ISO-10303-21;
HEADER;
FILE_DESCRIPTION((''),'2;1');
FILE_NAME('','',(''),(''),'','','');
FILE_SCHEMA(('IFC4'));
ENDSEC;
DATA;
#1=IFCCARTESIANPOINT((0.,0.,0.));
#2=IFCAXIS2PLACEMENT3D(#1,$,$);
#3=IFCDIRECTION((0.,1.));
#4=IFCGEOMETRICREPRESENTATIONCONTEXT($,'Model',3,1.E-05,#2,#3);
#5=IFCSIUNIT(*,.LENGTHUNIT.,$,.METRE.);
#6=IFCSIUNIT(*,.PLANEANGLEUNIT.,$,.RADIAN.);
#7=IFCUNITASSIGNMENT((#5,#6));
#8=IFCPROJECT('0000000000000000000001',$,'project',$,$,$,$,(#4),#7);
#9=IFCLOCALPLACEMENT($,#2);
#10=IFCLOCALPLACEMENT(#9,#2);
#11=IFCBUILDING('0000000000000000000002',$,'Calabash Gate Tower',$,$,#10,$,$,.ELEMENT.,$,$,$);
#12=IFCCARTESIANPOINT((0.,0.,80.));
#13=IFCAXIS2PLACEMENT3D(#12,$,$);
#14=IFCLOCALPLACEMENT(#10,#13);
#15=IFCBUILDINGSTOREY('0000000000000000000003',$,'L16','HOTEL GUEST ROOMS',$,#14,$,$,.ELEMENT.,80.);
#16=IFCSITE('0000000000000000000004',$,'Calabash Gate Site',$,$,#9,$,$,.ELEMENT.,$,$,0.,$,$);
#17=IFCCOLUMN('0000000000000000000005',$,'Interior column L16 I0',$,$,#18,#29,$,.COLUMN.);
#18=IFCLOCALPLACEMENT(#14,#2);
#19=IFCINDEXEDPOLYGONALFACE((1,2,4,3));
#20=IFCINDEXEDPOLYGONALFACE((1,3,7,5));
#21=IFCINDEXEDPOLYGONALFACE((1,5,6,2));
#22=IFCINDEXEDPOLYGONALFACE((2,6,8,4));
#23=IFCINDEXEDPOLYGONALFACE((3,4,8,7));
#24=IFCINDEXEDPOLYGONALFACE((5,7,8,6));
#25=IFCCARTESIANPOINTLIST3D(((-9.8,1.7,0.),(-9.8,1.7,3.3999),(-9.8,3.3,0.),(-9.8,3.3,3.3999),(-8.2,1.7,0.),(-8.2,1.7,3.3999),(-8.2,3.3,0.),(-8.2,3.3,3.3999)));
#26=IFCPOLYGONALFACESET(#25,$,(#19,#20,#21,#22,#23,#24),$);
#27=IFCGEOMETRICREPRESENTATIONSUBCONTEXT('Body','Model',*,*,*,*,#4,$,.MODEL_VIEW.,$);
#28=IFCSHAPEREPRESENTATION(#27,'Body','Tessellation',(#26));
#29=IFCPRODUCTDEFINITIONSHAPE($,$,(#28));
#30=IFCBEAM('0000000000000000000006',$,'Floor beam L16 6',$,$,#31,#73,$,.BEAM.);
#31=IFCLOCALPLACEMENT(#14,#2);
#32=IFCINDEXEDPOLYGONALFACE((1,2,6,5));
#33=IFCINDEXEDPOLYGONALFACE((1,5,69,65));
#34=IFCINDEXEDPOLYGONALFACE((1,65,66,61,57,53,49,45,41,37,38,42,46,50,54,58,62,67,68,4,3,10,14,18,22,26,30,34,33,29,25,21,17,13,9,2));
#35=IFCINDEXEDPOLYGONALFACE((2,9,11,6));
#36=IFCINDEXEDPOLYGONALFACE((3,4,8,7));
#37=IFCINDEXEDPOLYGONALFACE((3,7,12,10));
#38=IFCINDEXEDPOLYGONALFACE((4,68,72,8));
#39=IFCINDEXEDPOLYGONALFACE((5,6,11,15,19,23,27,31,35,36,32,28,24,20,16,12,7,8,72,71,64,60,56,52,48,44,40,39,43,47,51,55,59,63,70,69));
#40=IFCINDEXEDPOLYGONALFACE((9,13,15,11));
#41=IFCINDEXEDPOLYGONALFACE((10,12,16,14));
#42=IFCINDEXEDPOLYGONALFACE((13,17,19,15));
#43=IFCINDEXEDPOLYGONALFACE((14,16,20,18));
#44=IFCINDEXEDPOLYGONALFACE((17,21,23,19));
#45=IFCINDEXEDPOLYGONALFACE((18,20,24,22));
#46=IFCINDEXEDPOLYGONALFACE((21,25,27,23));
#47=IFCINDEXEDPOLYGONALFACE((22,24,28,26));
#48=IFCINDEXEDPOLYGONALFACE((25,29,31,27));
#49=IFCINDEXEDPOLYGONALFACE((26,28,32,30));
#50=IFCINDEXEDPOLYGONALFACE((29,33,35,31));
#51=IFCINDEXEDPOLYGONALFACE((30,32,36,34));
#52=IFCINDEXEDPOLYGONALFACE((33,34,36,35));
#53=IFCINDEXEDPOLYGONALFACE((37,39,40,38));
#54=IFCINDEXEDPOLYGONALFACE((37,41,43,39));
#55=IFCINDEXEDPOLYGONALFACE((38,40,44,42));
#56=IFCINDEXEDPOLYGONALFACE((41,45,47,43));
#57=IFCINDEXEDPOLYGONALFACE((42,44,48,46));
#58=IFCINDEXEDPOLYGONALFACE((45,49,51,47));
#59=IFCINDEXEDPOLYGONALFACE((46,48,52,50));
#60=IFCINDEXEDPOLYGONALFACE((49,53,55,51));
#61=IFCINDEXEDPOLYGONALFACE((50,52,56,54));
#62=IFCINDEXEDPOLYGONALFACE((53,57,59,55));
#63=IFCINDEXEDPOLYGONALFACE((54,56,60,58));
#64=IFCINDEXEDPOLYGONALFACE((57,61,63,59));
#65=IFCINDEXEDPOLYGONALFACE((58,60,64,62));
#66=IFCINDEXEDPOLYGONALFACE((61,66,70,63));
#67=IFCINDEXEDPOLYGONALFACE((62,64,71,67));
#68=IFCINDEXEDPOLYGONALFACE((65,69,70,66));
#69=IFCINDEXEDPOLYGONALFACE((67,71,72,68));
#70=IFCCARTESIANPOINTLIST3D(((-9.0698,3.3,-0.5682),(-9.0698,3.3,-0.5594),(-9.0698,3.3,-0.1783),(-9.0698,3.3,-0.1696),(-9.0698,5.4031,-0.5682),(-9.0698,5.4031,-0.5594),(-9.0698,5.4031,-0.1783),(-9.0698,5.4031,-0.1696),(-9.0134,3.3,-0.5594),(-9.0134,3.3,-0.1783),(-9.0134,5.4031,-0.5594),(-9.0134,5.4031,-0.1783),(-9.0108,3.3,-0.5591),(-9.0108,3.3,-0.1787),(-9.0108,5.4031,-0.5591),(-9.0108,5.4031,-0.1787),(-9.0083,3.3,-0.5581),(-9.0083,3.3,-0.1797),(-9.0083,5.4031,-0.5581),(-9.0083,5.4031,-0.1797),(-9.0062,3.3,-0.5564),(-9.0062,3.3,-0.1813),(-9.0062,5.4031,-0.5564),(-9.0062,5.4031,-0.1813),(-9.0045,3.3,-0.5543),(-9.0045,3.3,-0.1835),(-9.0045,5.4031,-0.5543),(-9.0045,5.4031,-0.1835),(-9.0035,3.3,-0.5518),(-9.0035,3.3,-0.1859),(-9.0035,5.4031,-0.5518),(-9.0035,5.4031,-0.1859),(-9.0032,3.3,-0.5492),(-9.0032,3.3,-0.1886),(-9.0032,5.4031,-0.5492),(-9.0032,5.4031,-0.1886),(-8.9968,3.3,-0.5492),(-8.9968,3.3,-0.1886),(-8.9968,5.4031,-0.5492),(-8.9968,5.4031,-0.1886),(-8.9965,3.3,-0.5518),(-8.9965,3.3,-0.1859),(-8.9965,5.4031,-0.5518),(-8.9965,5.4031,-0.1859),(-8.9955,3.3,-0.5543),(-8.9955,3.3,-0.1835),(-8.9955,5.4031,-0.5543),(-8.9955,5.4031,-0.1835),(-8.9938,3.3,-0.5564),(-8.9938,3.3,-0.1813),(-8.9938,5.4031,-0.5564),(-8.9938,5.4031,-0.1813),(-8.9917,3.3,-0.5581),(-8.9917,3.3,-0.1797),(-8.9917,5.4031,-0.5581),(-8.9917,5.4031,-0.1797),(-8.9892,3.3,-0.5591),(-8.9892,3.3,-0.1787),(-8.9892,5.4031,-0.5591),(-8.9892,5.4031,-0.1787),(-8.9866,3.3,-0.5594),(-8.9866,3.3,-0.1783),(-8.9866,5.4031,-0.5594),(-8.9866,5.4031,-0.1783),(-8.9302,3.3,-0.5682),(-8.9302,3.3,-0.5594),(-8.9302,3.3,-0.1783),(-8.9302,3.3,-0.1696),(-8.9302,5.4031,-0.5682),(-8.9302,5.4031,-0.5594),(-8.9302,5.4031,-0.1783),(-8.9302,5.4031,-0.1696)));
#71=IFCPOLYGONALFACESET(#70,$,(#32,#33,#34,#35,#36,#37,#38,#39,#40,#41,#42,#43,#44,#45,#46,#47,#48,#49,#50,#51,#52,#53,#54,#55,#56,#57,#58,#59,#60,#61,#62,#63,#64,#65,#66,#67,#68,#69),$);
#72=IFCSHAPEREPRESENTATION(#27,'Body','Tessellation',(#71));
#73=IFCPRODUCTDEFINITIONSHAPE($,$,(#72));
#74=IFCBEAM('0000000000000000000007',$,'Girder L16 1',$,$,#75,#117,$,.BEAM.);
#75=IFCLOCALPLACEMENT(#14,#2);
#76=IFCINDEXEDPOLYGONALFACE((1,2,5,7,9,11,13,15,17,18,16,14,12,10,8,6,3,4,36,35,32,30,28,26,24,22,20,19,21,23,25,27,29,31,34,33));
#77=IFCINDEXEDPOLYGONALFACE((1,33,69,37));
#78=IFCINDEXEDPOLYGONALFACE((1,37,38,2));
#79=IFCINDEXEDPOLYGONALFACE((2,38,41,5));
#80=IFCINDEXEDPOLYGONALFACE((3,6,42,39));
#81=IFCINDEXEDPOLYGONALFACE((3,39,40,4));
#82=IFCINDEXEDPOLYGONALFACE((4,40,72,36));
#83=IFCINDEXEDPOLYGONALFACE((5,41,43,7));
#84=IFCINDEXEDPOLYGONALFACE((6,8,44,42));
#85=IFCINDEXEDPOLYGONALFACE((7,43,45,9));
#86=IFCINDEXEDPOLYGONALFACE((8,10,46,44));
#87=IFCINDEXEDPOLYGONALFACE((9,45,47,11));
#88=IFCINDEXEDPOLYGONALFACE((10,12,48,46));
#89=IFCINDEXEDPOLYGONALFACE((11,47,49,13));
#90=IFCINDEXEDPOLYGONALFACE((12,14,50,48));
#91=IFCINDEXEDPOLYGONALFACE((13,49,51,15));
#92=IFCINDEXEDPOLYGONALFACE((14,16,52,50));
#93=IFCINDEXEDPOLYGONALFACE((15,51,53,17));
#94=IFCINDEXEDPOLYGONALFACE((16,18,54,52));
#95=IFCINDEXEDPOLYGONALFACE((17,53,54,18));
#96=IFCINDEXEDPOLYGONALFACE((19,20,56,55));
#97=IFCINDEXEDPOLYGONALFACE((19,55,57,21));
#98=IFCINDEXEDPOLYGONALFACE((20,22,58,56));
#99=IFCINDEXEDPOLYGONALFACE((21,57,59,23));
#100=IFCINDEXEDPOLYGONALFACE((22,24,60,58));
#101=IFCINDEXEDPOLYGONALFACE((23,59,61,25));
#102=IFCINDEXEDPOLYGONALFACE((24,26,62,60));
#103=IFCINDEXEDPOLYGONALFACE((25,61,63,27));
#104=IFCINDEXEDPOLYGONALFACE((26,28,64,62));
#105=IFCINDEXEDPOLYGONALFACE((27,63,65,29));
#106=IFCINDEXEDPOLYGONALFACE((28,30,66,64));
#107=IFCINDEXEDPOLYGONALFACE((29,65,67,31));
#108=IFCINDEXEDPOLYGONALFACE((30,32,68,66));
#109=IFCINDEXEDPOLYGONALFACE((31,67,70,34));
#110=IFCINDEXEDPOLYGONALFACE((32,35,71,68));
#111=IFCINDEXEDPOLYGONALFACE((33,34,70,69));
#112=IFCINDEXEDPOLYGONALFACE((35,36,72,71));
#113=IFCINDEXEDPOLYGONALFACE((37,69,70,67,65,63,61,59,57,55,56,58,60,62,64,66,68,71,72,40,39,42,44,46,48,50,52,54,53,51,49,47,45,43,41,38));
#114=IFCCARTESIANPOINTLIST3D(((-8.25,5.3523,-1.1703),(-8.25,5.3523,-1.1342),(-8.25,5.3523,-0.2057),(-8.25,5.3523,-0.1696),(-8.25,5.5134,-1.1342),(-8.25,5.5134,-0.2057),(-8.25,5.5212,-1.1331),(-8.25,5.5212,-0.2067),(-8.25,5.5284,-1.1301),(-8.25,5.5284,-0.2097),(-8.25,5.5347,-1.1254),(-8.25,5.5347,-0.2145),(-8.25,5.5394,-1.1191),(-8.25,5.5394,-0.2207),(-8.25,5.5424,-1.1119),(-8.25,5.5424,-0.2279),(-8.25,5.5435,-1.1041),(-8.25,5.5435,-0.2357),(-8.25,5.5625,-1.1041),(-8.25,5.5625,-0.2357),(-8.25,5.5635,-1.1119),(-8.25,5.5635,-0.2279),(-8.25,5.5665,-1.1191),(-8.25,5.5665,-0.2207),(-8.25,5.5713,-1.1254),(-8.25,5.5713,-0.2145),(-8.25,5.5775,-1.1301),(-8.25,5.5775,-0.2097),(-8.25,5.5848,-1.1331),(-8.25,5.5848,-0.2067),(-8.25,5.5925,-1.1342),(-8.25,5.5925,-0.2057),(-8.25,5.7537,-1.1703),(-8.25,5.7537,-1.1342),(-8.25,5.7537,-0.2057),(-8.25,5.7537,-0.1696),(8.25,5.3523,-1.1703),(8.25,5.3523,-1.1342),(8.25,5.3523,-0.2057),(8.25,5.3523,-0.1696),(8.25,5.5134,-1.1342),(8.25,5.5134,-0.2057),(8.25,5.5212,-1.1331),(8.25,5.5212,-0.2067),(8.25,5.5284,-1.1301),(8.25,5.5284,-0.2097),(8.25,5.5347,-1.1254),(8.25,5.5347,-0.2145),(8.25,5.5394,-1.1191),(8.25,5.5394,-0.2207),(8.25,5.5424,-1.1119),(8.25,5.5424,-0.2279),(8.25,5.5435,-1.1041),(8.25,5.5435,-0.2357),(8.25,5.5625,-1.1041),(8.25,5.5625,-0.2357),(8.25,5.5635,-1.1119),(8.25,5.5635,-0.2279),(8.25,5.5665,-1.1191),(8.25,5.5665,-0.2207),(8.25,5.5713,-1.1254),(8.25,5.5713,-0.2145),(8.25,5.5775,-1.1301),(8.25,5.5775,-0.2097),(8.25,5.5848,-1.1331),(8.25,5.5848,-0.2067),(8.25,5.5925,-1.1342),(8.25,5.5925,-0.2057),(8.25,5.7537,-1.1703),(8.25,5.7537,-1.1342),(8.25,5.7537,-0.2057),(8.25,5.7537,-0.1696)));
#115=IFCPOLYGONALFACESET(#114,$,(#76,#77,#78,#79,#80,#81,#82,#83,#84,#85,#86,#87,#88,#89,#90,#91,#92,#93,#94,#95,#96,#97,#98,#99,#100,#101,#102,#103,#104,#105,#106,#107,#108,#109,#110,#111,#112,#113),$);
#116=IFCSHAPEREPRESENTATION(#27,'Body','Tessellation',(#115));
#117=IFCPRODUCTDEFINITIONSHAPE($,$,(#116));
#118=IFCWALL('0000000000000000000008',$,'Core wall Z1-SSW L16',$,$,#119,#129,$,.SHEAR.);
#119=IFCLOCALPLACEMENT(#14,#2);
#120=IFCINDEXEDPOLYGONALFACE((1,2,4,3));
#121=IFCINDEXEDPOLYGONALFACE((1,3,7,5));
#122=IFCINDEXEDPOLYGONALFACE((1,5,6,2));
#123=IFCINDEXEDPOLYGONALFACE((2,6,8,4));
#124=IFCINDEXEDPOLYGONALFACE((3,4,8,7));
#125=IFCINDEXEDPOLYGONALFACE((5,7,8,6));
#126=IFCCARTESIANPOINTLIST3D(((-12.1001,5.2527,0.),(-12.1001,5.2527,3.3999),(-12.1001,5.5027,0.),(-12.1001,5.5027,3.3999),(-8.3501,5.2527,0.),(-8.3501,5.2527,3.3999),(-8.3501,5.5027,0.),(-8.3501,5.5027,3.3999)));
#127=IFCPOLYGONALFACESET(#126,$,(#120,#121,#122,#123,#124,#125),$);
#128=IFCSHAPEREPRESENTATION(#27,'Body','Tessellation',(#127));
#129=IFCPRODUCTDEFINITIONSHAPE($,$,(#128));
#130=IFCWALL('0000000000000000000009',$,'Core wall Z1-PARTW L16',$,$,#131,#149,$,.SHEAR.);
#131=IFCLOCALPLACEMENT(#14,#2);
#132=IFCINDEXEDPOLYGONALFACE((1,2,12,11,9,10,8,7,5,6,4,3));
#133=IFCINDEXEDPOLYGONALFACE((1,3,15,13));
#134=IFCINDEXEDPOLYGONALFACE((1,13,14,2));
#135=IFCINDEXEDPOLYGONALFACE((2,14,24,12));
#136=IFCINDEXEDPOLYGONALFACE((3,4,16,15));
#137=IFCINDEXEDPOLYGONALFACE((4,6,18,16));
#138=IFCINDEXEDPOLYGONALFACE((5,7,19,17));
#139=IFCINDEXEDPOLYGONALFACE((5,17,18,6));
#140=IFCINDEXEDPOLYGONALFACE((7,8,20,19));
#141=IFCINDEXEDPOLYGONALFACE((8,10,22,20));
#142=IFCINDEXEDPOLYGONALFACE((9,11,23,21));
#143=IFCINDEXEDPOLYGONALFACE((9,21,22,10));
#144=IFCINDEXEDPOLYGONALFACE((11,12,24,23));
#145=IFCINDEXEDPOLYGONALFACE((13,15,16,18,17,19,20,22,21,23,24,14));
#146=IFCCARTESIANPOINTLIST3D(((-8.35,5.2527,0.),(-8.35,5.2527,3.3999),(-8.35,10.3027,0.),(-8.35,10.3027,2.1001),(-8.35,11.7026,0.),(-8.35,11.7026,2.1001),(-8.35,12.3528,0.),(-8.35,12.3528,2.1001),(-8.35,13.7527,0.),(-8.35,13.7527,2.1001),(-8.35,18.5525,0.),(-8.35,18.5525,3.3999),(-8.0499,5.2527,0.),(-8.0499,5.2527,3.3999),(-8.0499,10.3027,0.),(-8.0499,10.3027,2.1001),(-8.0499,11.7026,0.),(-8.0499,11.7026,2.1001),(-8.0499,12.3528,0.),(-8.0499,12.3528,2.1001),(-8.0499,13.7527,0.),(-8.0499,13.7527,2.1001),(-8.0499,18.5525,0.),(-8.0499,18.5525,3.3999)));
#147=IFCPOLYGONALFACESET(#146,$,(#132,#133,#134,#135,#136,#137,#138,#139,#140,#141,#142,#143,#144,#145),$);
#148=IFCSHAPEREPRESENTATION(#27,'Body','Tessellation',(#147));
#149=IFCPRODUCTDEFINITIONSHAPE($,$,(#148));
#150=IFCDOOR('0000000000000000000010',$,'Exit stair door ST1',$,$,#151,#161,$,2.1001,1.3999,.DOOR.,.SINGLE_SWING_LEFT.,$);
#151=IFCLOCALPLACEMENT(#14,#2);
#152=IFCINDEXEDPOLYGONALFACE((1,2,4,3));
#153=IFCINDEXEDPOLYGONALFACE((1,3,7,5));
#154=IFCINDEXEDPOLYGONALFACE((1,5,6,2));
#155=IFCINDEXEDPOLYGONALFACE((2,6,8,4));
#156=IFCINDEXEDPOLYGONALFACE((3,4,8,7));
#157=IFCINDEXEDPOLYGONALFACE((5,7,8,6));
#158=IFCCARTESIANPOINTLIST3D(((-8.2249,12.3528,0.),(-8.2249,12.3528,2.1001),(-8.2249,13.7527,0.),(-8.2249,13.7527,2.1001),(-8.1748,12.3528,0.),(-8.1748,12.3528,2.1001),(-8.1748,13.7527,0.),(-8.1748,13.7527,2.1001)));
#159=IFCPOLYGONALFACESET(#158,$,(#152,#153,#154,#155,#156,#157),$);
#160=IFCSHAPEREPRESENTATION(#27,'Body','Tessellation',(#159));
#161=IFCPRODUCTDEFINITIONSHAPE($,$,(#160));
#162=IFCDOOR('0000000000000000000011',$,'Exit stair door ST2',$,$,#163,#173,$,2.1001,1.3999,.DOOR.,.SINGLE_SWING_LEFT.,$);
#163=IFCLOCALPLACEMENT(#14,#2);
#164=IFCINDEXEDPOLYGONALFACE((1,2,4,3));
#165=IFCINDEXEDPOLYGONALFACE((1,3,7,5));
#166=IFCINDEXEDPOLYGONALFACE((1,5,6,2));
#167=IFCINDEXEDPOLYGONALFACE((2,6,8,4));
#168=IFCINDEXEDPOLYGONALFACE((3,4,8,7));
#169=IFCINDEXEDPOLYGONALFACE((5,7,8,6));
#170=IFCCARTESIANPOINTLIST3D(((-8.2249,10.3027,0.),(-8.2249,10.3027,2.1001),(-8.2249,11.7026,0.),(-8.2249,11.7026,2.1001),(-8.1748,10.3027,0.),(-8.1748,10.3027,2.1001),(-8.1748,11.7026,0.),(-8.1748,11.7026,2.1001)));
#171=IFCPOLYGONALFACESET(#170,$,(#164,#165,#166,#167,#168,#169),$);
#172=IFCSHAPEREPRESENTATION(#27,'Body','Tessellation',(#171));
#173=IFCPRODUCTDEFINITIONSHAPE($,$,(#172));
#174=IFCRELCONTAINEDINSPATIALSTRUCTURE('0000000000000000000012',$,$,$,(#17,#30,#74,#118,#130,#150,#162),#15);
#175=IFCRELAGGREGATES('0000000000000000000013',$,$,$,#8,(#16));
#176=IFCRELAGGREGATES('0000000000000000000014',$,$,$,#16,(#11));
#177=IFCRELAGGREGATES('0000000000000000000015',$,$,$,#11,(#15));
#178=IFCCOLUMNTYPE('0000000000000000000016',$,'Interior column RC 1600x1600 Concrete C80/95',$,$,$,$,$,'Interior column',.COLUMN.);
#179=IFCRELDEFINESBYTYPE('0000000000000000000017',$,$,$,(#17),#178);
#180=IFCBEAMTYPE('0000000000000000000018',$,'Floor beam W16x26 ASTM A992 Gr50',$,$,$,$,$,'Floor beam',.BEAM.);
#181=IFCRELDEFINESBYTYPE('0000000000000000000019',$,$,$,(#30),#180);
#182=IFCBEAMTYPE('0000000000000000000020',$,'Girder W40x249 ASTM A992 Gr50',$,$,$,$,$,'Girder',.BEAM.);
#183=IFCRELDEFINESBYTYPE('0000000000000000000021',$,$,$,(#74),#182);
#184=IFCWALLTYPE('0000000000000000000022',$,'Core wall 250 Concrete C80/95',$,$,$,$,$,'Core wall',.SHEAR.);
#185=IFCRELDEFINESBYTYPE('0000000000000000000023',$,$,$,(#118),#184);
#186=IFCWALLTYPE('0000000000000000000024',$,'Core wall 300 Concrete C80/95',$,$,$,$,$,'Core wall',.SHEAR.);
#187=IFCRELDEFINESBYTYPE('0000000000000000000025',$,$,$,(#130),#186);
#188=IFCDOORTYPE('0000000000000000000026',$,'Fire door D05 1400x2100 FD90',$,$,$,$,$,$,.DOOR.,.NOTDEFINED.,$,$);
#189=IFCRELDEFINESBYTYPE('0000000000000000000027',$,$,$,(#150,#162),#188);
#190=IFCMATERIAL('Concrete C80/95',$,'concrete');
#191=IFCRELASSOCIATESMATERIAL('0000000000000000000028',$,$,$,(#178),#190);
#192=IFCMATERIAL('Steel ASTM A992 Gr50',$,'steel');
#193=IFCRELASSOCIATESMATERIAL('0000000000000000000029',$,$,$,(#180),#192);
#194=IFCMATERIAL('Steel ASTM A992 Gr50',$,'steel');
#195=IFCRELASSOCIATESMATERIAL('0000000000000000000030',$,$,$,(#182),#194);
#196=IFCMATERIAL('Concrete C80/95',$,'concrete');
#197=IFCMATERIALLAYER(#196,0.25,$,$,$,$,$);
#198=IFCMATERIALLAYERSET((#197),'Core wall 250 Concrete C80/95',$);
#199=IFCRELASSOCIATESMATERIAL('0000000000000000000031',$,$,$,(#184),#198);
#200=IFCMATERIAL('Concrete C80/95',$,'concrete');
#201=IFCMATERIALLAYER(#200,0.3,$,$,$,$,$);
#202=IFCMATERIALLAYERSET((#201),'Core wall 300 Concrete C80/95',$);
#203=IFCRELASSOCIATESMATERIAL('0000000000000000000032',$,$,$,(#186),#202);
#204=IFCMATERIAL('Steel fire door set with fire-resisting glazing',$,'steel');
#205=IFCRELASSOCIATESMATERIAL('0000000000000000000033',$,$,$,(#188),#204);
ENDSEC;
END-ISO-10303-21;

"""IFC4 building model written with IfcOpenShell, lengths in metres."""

from ifc_helpers import new_model, si_unit, direction, frame, frame_2d, origin, origin_2d, place, context, subcontext, project, spatial, rectangle, i_section, extrude, material, layer, layer_set, material_profile, profile_set, type_object, element, fill, save


model = new_model("IFC4")

# Units and contexts
model_context = context("Model", 3, precision=1e-05, world=origin(), true_north=direction((0.0, 1.0)))
body_context = subcontext(model_context, "Body", "Model", "MODEL_VIEW")
ifc_project = project(units=[si_unit("LENGTHUNIT", "METRE"), si_unit("PLANEANGLEUNIT", "RADIAN")], contexts=[model_context])

# Site, building, storey
site_placement = place(None, origin())
site = spatial("IfcSite", under=ifc_project, at=site_placement, Name="Calabash Gate Site", CompositionType="ELEMENT", RefElevation=0.0)
building_placement = place(site_placement, origin())
building = spatial("IfcBuilding", under=site, at=building_placement, Name="Calabash Gate Tower", CompositionType="ELEMENT")
storey_placement = place(building_placement, frame((0.0, 0.0, 80.0)))
storey = spatial("IfcBuildingStorey", under=building, at=storey_placement, Name="L16", Description="HOTEL GUEST ROOMS", CompositionType="ELEMENT", Elevation=80.0)

# Column
ifc_material_1 = material(Name="Concrete C80/95", Category="concrete")
ifc_material_profile_1 = material_profile(ifc_material_1, rectangle(XDim=1.6001, YDim=1.6001, at=origin_2d()))
ifc_profile_set_1 = profile_set([ifc_material_profile_1], Name="Concrete C80/95")
column_type = type_object("IfcColumnType", Name="Interior column RC 1600x1600 Concrete C80/95", ElementType="Interior column", PredefinedType="COLUMN", material=ifc_profile_set_1)
column_placement = place(storey_placement, frame((-9.0, 2.5, 0.0), z_axis=(0.0, 0.0, 1.0), x_axis=(1.0, 0.0, 0.0)))
element("IfcColumn", 1, at=column_placement, inside=storey, type_object=column_type, Name="Interior column L16 I0", PredefinedType="COLUMN", context=body_context, shape_type="SweptSolid", body=[
    extrude(rectangle(XDim=1.6001, YDim=1.6001, at=origin_2d()), origin(), (0.0, 0.0, 1.0), 3.3999),
])

# Beams
ifc_material_2 = material(Name="Steel ASTM A992 Gr50", Category="steel")
ifc_material_profile_2 = material_profile(ifc_material_2, i_section(OverallWidth=0.1396, OverallDepth=0.3987, WebThickness=0.0063, FlangeThickness=0.0088, FilletRadius=0.0103, at=origin_2d()))
ifc_profile_set_2 = profile_set([ifc_material_profile_2], Name="Steel ASTM A992 Gr50")
beam_type_1 = type_object("IfcBeamType", Name="Floor beam W16x26 ASTM A992 Gr50", ElementType="Floor beam", PredefinedType="BEAM", material=ifc_profile_set_2)
beam_1_placement = place(storey_placement, frame((-9.0, 3.3, -0.3689), z_axis=(0.0, 1.0, 0.0), x_axis=(-1.0, 0.0, 0.0)))
element("IfcBeam", 2, at=beam_1_placement, inside=storey, type_object=beam_type_1, Name="Floor beam L16 6", PredefinedType="BEAM", context=body_context, shape_type="SweptSolid", body=[
    extrude(i_section(OverallWidth=0.1396, OverallDepth=0.3987, WebThickness=0.0063, FlangeThickness=0.0088, FilletRadius=0.0103, at=origin_2d()), origin(), (0.0, 0.0, 1.0), 2.103),
])
ifc_material_3 = material(Name="Steel ASTM A992 Gr50", Category="steel")
ifc_material_profile_3 = material_profile(ifc_material_3, i_section(OverallWidth=0.4014, OverallDepth=1.0007, WebThickness=0.019, FlangeThickness=0.0361, FilletRadius=0.03, at=origin_2d()))
ifc_profile_set_3 = profile_set([ifc_material_profile_3], Name="Steel ASTM A992 Gr50")
beam_type_2 = type_object("IfcBeamType", Name="Girder W40x249 ASTM A992 Gr50", ElementType="Girder", PredefinedType="BEAM", material=ifc_profile_set_3)
beam_2_placement = place(storey_placement, frame((-8.25, 5.553, -0.6699), z_axis=(1.0, 0.0, 0.0), x_axis=(0.0, 1.0, 0.0)))
element("IfcBeam", 3, at=beam_2_placement, inside=storey, type_object=beam_type_2, Name="Girder L16 1", PredefinedType="BEAM", context=body_context, shape_type="SweptSolid", body=[
    extrude(i_section(OverallWidth=0.4014, OverallDepth=1.0007, WebThickness=0.019, FlangeThickness=0.0361, FilletRadius=0.03, at=origin_2d()), origin(), (0.0, 0.0, 1.0), 16.5),
])

# Wall
ifc_material_4 = material(Name="Concrete C80/95", Category="concrete")
ifc_layer_1 = layer(ifc_material_4, 0.25)
ifc_layer_set_1 = layer_set([ifc_layer_1], Name="Core wall 250 Concrete C80/95")
wall_type_1 = type_object("IfcWallType", Name="Core wall 250 Concrete C80/95", ElementType="Core wall", PredefinedType="SHEAR", material=ifc_layer_set_1)
wall_1_placement = place(storey_placement, frame((-12.1001, 5.3777, 0.0), z_axis=(0.0, 0.0, 1.0), x_axis=(1.0, 0.0, 0.0)))
element("IfcWall", 4, at=wall_1_placement, inside=storey, type_object=wall_type_1, Name="Core wall Z1-SSW L16", PredefinedType="SHEAR", context=body_context, shape_type="SweptSolid", body=[
    extrude(rectangle(XDim=3.75, YDim=0.25, at=frame_2d((1.875, 0.0))), origin(), (0.0, 0.0, 1.0), 3.3999),
])

# Wall, openings, doors
ifc_material_5 = material(Name="Concrete C80/95", Category="concrete")
ifc_layer_2 = layer(ifc_material_5, 0.3)
ifc_layer_set_2 = layer_set([ifc_layer_2], Name="Core wall 300 Concrete C80/95")
wall_type_2 = type_object("IfcWallType", Name="Core wall 300 Concrete C80/95", ElementType="Core wall", PredefinedType="SHEAR", material=ifc_layer_set_2)
wall_2_placement = place(storey_placement, frame((-8.2, 5.2527, 0.0), z_axis=(0.0, 0.0, 1.0), x_axis=(0.0, 1.0, 0.0)))
wall_2 = element("IfcWall", 5, at=wall_2_placement, inside=storey, type_object=wall_type_2, Name="Core wall Z1-PARTW L16", PredefinedType="SHEAR", context=body_context, shape_type="SweptSolid", body=[
    extrude(rectangle(XDim=13.2998, YDim=0.3, at=frame_2d((6.6499, 0.0))), origin(), (0.0, 0.0, 1.0), 3.3999),
])
opening_1_placement = place(wall_2_placement, frame((7.1001, 0.0, 0.0)))
opening_1 = element("IfcOpeningElement", 6, at=opening_1_placement, cuts=wall_2, PredefinedType="OPENING", context=body_context, shape_type="SweptSolid", body=[
    extrude(rectangle(XDim=1.3999, YDim=2.1001, at=frame_2d((0.7, 1.05))), frame((0.0, 0.1599, 0.0), z_axis=(0.0, -1.0, 0.0), x_axis=(1.0, 0.0, 0.0)), (0.0, 0.0, 1.0), 0.3201),
])
opening_2_placement = place(wall_2_placement, frame((5.05, 0.0, 0.0)))
opening_2 = element("IfcOpeningElement", 7, at=opening_2_placement, cuts=wall_2, PredefinedType="OPENING", context=body_context, shape_type="SweptSolid", body=[
    extrude(rectangle(XDim=1.3999, YDim=2.1001, at=frame_2d((0.7, 1.05))), frame((0.0, 0.1599, 0.0), z_axis=(0.0, -1.0, 0.0), x_axis=(1.0, 0.0, 0.0)), (0.0, 0.0, 1.0), 0.3201),
])
ifc_material_6 = material(Name="Steel fire door set with fire-resisting glazing", Category="steel")
door_type_1 = type_object("IfcDoorType", Name="Fire door D05 1400x2100 FD90", OperationType="NOTDEFINED", PredefinedType="DOOR", material=ifc_material_6)
door_1_placement = place(opening_1_placement, origin())
door_1 = element("IfcDoor", 8, at=door_1_placement, inside=storey, type_object=door_type_1, Name="Exit stair door ST1", OperationType="SINGLE_SWING_LEFT", OverallHeight=2.1001, OverallWidth=1.3999, PredefinedType="DOOR", context=body_context, shape_type="SweptSolid", body=[
    extrude(rectangle(XDim=1.3999, YDim=2.1001, at=frame_2d((0.7, 1.05))), frame((0.0, 0.0249, 0.0), z_axis=(0.0, -1.0, 0.0), x_axis=(1.0, 0.0, 0.0)), (0.0, 0.0, 1.0), 0.05),
])
fill(opening_1, door_1)
door_2_placement = place(opening_2_placement, origin())
door_2 = element("IfcDoor", 9, at=door_2_placement, inside=storey, type_object=door_type_1, Name="Exit stair door ST2", OperationType="SINGLE_SWING_LEFT", OverallHeight=2.1001, OverallWidth=1.3999, PredefinedType="DOOR", context=body_context, shape_type="SweptSolid", body=[
    extrude(rectangle(XDim=1.3999, YDim=2.1001, at=frame_2d((0.7, 1.05))), frame((0.0, 0.0249, 0.0), z_axis=(0.0, -1.0, 0.0), x_axis=(1.0, 0.0, 0.0)), (0.0, 0.0, 1.0), 0.05),
])
fill(opening_2, door_2)

save(model, "model.ifc")
